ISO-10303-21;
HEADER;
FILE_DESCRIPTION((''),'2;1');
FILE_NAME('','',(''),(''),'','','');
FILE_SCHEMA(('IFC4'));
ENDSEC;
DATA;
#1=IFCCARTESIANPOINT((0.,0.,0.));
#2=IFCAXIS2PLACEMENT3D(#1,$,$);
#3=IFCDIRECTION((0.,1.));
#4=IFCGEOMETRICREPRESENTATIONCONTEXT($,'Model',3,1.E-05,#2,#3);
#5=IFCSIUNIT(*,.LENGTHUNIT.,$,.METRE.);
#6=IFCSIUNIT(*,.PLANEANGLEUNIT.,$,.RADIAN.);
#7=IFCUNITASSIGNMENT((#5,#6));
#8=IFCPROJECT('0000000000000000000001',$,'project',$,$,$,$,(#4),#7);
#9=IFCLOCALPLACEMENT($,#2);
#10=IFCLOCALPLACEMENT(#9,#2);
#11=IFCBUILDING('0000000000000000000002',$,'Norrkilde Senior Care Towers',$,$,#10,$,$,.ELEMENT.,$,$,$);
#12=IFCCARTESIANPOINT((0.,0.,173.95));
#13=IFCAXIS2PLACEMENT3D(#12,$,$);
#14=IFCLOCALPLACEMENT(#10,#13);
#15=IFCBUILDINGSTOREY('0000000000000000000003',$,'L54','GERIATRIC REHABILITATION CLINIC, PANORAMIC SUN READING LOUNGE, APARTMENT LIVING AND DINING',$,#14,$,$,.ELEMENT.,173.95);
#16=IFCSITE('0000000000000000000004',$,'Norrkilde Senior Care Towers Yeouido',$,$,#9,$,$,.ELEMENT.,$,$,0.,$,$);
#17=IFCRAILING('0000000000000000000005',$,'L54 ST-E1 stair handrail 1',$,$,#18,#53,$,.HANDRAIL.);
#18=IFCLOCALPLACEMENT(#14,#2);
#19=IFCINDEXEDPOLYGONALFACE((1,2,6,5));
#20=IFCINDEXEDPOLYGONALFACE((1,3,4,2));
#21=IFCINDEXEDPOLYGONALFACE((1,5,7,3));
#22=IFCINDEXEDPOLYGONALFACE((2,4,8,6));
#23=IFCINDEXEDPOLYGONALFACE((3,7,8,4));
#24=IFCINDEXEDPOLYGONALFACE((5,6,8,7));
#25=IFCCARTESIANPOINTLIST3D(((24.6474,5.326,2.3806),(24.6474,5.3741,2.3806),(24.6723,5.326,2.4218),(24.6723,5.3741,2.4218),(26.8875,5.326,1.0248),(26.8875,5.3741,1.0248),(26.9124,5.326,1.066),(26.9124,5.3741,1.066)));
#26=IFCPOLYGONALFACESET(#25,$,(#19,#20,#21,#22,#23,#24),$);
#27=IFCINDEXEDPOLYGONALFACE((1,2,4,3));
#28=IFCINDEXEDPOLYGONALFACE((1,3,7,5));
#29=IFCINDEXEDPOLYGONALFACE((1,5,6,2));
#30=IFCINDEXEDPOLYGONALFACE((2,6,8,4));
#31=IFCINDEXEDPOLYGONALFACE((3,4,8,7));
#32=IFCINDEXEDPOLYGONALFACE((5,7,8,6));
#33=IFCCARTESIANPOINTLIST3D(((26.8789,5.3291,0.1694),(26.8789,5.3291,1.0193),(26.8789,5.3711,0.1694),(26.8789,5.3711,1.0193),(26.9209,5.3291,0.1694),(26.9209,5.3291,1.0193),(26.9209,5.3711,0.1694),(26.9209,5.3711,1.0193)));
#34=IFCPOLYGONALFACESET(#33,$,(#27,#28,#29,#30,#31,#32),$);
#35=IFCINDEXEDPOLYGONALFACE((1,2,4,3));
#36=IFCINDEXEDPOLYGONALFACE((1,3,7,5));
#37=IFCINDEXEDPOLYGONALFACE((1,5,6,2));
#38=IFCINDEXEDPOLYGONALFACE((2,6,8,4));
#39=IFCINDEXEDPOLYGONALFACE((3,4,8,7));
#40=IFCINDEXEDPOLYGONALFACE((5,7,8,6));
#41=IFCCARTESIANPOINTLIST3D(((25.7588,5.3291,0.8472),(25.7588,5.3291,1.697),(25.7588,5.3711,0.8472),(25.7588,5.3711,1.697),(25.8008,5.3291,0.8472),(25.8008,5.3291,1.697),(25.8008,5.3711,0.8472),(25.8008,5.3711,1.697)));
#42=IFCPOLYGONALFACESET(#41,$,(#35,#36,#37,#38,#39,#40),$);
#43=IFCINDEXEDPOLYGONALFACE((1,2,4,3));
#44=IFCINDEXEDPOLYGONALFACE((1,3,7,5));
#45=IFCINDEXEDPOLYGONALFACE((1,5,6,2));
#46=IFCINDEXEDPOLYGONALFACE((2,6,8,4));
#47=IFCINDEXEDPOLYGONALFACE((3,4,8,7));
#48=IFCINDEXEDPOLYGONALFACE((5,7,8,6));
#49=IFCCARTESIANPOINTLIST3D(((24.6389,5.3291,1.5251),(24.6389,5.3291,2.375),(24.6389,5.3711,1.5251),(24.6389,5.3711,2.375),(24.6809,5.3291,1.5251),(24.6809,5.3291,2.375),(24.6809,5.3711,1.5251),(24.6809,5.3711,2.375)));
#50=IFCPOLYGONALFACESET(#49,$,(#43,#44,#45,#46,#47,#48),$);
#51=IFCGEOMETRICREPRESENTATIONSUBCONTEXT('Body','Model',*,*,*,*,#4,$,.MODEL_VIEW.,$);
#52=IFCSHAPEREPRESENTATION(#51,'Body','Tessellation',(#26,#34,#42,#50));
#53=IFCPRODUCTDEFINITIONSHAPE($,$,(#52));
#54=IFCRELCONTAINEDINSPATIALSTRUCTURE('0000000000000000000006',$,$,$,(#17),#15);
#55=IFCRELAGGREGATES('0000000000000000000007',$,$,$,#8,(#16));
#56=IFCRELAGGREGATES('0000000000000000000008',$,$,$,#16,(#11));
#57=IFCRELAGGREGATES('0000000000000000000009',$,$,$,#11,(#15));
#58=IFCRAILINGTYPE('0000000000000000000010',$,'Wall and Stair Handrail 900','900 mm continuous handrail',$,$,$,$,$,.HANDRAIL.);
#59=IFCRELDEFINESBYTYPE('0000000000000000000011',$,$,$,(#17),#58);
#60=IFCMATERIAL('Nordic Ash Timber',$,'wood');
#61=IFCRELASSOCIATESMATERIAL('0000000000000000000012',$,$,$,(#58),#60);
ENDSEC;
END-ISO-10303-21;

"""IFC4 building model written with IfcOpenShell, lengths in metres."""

from ifc_helpers import new_model, si_unit, direction, frame, origin, origin_2d, place, context, subcontext, project, spatial, rectangle, extrude, material, type_object, element, save


model = new_model("IFC4")

# Units and contexts
model_context = context("Model", 3, precision=1e-05, world=origin(), true_north=direction((0.0, 1.0)))
body_context = subcontext(model_context, "Body", "Model", "MODEL_VIEW")
ifc_project = project(units=[si_unit("LENGTHUNIT", "METRE"), si_unit("PLANEANGLEUNIT", "RADIAN")], contexts=[model_context])

# Site, building, storey
site_placement = place(None, origin())
site = spatial("IfcSite", under=ifc_project, at=site_placement, Name="Norrkilde Senior Care Towers Yeouido", CompositionType="ELEMENT", RefElevation=0.0)
building_placement = place(site_placement, origin())
building = spatial("IfcBuilding", under=site, at=building_placement, Name="Norrkilde Senior Care Towers", CompositionType="ELEMENT")
storey_placement = place(building_placement, frame((0.0, 0.0, 173.95)))
storey = spatial("IfcBuildingStorey", under=building, at=storey_placement, Name="L54", Description="GERIATRIC REHABILITATION CLINIC, PANORAMIC SUN READING LOUNGE, APARTMENT LIVING AND DINING", CompositionType="ELEMENT", Elevation=173.95)

# Shared definitions
ifc_material_1 = material(Name="Nordic Ash Timber", Category="wood")

# Railing
railing_type_1 = type_object("IfcRailingType", Name="Wall and Stair Handrail 900", Description="900 mm continuous handrail", PredefinedType="HANDRAIL", material=ifc_material_1)
railing_1_placement = place(storey_placement, frame((26.8999, 5.3501, 0.1694)))
element("IfcRailing", 1, at=railing_1_placement, inside=storey, type_object=railing_type_1, Name="L54 ST-E1 stair handrail 1", PredefinedType="HANDRAIL", context=body_context, shape_type="SweptSolid", body=[
    extrude(rectangle(XDim=0.0481, YDim=0.0481, at=origin_2d()), frame((0.0, 0.0, 0.876), z_axis=(-0.855512, 0.0, 0.517783), x_axis=(0.0, -1.0, 0.0)), (0.0, 0.0, 1.0), 2.6184),
    extrude(rectangle(XDim=0.042, YDim=0.042, at=origin_2d()), origin(), (0.0, 0.0, 1.0), 0.8499),
    extrude(rectangle(XDim=0.042, YDim=0.042, at=origin_2d()), frame((-1.1201, 0.0, 0.6777)), (0.0, 0.0, 1.0), 0.8499),
    extrude(rectangle(XDim=0.042, YDim=0.042, at=origin_2d()), frame((-2.24, 0.0, 1.3557)), (0.0, 0.0, 1.0), 0.8499),
])

save(model, "model.ifc")
